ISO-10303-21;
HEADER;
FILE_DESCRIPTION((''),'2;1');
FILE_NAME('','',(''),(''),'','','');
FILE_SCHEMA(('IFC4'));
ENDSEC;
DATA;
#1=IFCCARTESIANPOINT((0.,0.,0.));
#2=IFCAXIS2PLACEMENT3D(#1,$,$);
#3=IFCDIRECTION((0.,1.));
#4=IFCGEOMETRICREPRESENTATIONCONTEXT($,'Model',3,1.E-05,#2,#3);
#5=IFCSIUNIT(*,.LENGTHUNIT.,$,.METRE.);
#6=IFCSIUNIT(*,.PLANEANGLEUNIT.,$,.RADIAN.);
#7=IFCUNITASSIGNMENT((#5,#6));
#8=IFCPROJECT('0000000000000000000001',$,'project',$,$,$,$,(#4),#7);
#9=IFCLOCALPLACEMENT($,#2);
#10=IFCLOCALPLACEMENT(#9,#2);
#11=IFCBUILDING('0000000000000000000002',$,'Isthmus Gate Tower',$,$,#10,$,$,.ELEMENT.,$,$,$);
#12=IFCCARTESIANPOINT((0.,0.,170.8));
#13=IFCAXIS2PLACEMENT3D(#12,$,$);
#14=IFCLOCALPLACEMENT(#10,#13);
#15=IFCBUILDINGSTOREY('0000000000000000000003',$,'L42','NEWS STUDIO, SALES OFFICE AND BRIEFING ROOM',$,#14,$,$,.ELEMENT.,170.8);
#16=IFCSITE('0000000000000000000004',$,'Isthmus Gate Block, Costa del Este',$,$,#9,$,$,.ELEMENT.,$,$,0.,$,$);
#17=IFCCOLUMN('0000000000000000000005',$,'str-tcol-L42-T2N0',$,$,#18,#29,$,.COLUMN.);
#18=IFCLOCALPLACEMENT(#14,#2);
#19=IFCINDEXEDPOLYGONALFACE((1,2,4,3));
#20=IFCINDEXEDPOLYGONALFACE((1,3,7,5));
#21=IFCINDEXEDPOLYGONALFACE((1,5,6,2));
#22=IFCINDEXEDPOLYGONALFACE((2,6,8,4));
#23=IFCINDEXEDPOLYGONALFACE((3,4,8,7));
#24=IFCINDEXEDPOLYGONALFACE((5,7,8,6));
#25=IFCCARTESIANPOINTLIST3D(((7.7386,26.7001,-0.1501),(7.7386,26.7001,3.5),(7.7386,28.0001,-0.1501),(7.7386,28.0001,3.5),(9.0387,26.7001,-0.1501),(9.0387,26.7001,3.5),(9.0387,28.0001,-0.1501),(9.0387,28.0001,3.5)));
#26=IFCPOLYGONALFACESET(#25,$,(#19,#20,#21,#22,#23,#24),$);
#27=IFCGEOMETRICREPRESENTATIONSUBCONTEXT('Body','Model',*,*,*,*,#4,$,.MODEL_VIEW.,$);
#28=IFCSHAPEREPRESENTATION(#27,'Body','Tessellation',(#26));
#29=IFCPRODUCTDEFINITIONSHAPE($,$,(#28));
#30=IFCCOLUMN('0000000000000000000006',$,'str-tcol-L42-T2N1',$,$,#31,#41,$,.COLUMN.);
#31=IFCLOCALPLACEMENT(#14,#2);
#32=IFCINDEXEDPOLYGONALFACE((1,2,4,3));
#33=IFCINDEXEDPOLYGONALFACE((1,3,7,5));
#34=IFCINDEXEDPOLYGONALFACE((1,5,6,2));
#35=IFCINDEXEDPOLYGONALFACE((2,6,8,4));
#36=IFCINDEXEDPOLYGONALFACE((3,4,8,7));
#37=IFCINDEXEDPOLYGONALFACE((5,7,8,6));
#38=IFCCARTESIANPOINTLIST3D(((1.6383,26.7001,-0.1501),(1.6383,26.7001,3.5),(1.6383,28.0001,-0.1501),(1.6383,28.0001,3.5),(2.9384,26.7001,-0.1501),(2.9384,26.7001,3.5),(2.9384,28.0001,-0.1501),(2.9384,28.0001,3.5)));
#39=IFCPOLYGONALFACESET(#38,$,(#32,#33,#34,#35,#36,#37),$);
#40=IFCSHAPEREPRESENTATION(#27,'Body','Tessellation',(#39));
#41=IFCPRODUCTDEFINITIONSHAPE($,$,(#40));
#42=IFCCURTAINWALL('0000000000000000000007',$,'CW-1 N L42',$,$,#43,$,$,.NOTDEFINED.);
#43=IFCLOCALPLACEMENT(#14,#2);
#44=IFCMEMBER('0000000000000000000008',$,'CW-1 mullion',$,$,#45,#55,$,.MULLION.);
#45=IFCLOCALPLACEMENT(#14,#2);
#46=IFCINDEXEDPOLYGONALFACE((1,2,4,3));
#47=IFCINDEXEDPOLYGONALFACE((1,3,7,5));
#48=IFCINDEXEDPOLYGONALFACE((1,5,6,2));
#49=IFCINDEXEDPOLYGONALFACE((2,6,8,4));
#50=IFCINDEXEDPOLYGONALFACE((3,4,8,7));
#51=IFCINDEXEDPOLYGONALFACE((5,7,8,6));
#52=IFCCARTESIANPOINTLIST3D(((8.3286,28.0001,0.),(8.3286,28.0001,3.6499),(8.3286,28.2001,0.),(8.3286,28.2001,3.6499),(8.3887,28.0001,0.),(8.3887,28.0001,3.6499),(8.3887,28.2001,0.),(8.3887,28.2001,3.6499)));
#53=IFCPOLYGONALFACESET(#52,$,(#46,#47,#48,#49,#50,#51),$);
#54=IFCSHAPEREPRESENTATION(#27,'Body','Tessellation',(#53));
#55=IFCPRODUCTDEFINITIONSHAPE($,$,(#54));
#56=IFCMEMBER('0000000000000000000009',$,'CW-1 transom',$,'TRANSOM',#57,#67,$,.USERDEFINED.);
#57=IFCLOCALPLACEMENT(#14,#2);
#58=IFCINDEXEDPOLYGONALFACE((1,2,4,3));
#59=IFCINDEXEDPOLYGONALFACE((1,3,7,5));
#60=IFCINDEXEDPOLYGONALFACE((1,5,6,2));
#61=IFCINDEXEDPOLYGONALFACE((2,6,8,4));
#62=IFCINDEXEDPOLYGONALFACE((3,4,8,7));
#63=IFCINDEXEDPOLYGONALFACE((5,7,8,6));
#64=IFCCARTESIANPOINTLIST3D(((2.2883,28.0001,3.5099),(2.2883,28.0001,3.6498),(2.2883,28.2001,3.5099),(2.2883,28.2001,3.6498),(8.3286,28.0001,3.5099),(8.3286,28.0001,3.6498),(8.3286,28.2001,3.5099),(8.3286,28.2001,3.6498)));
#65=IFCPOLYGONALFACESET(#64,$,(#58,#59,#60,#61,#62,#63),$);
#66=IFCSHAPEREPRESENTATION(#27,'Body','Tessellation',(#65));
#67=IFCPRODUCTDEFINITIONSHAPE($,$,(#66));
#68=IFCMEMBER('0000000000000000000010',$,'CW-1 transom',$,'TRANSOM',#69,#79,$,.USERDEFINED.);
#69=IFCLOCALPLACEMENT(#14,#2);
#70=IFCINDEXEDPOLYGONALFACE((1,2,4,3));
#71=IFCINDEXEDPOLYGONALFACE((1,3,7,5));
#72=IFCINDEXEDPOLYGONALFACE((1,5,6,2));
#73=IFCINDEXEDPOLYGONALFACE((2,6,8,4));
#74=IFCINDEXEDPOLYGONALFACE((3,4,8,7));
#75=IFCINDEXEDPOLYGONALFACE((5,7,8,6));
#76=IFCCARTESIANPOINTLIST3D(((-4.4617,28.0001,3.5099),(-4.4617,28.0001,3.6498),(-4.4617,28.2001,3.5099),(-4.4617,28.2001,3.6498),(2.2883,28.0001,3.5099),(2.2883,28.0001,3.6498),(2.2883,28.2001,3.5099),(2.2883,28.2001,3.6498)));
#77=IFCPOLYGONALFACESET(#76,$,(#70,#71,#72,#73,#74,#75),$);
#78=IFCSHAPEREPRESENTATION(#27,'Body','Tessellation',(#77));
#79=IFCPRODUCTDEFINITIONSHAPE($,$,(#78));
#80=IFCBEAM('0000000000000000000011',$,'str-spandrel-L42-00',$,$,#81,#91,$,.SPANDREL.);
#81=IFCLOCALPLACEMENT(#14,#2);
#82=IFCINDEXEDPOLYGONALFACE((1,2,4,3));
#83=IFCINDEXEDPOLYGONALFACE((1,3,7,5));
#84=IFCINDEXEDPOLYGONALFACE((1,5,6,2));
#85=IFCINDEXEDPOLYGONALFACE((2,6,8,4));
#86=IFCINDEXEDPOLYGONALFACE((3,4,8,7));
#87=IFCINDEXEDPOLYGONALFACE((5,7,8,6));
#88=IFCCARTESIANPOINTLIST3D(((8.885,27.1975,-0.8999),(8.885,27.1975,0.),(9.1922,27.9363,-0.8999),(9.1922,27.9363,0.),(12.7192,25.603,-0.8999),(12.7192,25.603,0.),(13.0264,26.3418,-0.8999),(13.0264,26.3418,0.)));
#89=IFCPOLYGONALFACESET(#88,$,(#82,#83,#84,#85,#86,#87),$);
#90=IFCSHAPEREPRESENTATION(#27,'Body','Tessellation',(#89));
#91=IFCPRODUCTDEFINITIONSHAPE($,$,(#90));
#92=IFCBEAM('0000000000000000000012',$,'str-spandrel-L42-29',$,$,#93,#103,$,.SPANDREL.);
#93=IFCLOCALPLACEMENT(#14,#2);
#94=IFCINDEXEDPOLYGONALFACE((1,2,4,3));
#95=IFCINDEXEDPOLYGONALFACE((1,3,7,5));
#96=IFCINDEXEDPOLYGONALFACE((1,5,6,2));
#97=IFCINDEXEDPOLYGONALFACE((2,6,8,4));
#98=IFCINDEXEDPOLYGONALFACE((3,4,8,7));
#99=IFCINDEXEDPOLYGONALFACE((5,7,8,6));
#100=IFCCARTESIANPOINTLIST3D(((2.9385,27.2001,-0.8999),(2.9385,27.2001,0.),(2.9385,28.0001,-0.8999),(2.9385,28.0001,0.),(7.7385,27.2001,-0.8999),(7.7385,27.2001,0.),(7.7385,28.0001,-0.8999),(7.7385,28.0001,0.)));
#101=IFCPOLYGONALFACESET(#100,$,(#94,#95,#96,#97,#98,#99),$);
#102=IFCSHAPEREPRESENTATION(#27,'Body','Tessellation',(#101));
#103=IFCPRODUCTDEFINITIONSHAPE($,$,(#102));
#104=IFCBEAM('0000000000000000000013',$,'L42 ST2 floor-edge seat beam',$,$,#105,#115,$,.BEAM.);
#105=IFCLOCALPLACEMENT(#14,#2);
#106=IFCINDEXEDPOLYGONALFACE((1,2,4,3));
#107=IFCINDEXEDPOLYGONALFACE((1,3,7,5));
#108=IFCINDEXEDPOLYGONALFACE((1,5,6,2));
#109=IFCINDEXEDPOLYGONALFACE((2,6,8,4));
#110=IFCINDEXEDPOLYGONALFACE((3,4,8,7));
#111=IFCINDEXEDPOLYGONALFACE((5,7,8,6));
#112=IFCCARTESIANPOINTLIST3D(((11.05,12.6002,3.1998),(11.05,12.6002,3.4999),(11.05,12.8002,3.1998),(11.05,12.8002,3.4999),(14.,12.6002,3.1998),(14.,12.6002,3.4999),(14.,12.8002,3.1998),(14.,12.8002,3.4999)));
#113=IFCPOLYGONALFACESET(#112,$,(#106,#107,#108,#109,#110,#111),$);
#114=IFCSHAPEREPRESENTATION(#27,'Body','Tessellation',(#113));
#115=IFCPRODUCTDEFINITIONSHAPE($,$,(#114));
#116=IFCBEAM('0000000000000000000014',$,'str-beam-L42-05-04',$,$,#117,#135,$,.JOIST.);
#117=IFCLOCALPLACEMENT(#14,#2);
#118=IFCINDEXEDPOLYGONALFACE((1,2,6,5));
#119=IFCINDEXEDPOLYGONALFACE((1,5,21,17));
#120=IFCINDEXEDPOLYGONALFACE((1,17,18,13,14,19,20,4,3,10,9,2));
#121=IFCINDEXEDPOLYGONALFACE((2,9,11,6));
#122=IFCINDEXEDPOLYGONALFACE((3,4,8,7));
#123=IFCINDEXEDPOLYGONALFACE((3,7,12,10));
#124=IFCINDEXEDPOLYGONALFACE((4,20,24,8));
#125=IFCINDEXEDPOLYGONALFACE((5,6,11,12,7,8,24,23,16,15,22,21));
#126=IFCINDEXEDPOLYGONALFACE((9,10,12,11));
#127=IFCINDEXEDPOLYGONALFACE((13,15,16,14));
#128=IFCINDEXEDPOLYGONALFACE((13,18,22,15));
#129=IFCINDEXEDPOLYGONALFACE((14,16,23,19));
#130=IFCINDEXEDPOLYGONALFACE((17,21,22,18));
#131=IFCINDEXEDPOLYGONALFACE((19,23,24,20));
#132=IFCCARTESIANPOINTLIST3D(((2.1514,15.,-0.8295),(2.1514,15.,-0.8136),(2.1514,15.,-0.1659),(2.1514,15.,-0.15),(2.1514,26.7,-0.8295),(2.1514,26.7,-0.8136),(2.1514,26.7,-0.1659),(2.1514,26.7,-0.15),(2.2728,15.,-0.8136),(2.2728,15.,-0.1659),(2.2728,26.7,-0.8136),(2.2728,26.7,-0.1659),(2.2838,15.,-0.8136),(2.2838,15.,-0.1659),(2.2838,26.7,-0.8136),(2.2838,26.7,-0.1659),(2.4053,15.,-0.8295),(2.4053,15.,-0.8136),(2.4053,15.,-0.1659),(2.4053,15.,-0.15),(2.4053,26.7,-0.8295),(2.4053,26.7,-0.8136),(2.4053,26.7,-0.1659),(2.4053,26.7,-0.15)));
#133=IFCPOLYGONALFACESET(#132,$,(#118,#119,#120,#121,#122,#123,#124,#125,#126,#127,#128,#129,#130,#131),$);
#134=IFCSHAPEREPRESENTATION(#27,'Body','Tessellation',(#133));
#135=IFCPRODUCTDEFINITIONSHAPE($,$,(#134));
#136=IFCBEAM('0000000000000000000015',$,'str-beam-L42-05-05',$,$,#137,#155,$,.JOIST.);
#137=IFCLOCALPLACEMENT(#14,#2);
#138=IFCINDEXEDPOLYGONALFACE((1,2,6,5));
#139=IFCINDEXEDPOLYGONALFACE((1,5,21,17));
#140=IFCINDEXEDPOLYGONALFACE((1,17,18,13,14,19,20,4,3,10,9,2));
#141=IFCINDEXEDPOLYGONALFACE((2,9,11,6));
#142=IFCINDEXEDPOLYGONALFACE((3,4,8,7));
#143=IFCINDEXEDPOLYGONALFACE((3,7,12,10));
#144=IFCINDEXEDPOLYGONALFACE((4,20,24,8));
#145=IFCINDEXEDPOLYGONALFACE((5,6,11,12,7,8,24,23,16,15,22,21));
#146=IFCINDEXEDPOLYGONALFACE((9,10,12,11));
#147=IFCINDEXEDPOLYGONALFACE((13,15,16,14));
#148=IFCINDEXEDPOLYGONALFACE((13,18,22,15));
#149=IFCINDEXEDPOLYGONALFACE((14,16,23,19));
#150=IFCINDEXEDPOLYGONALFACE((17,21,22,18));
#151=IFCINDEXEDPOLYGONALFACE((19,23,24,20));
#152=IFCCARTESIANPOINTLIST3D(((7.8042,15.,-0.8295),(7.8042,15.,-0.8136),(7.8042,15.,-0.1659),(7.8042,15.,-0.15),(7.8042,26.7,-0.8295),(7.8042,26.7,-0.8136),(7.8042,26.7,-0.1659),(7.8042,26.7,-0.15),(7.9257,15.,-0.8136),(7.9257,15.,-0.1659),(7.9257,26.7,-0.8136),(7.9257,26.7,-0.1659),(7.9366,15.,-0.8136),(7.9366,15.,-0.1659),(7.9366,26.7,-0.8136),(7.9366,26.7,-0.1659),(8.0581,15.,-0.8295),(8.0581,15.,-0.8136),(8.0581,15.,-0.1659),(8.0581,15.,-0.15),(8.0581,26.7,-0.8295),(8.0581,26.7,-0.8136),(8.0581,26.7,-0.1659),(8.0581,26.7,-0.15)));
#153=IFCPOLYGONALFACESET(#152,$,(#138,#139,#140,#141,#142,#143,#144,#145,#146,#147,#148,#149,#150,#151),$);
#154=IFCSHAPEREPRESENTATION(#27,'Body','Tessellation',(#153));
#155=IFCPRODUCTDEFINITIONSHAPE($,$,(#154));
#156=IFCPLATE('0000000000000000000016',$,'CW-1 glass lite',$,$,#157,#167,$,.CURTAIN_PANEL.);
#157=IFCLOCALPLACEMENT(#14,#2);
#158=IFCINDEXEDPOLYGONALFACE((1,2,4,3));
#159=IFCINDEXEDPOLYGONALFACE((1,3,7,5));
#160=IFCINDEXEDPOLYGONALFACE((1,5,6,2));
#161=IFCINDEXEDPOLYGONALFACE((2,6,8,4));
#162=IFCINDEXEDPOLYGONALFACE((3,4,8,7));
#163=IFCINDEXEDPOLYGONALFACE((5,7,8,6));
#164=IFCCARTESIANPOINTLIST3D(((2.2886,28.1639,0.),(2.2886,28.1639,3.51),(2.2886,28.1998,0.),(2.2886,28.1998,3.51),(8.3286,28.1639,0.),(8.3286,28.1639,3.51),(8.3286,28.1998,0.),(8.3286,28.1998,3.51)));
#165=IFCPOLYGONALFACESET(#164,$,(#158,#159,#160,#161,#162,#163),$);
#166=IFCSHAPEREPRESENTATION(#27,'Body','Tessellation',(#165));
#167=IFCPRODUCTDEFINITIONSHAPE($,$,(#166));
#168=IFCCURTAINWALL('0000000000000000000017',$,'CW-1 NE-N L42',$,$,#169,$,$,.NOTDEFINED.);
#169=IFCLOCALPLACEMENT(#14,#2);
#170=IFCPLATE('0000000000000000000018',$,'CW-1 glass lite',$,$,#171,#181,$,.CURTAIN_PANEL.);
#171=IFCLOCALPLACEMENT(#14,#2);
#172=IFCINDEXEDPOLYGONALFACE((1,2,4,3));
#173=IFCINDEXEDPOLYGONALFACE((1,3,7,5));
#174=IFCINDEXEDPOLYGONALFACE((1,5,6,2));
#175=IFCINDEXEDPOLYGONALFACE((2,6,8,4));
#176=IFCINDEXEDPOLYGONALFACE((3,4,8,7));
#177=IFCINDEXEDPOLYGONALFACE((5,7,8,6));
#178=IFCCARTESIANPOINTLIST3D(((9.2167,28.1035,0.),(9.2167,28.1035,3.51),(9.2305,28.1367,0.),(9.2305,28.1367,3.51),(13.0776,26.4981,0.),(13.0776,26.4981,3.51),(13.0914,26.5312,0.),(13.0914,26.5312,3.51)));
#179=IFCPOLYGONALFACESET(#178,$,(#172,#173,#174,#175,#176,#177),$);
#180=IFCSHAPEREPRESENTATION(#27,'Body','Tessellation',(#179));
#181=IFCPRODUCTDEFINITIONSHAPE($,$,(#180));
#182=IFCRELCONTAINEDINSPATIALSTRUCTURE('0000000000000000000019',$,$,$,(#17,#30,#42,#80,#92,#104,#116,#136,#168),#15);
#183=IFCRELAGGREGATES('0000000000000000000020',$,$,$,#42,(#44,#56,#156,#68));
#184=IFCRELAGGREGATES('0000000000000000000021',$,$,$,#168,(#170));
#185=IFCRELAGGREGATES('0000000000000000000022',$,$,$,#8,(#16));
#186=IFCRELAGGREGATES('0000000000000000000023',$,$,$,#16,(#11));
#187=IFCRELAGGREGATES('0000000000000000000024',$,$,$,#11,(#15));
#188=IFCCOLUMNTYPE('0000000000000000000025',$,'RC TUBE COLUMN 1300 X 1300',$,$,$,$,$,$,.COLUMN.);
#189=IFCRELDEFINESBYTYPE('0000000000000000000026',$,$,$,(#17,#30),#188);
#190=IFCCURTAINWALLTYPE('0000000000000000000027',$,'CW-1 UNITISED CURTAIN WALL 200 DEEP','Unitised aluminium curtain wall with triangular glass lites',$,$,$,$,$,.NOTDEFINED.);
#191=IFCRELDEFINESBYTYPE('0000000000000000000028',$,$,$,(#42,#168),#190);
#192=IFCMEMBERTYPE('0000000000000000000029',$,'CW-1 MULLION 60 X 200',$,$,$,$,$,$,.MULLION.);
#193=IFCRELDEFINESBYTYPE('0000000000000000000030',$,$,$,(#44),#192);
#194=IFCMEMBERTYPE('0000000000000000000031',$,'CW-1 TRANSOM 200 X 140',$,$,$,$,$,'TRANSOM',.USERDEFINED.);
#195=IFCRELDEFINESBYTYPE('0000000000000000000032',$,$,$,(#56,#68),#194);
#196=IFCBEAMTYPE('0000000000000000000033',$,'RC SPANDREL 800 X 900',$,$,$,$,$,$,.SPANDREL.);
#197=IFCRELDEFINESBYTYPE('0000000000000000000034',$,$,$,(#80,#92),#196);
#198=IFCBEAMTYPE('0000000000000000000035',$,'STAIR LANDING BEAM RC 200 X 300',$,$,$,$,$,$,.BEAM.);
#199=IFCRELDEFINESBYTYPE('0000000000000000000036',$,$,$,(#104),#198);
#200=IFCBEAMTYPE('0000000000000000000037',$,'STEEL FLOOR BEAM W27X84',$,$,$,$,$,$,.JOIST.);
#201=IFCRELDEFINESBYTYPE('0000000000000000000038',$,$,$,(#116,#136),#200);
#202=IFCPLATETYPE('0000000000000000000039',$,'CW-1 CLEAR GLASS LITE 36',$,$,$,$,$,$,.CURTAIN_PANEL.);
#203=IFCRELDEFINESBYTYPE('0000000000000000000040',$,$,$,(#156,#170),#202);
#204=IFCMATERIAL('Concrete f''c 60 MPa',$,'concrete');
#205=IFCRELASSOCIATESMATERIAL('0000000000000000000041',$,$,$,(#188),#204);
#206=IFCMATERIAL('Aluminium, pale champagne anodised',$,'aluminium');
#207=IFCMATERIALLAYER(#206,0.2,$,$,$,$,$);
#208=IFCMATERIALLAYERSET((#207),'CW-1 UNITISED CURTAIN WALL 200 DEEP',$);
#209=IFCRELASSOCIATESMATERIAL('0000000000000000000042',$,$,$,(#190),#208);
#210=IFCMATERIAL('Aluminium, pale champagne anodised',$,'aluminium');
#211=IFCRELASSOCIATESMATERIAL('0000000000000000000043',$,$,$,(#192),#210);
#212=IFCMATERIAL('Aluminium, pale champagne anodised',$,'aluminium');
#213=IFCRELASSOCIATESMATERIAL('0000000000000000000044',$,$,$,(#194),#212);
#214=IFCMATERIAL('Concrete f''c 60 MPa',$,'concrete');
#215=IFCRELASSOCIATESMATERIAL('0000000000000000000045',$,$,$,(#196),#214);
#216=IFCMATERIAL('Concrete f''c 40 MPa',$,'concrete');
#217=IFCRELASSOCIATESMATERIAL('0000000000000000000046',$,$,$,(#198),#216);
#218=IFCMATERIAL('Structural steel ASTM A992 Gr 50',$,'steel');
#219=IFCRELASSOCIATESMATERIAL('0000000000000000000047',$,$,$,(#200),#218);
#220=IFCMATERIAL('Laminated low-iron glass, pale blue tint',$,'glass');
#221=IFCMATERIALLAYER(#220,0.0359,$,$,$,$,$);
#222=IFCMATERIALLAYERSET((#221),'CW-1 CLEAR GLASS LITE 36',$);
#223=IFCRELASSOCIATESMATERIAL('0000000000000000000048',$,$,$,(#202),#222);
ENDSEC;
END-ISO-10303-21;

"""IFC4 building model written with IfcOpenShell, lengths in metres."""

from ifc_helpers import new_model, si_unit, direction, frame, origin, origin_2d, place, context, subcontext, project, spatial, rectangle, i_section, extrude, material, layer, layer_set, material_profile, profile_set, type_object, element, aggregate, save


model = new_model("IFC4")

# Units and contexts
model_context = context("Model", 3, precision=1e-05, world=origin(), true_north=direction((0.0, 1.0)))
body_context = subcontext(model_context, "Body", "Model", "MODEL_VIEW")
ifc_project = project(units=[si_unit("LENGTHUNIT", "METRE"), si_unit("PLANEANGLEUNIT", "RADIAN")], contexts=[model_context])

# Site, building, storey
site_placement = place(None, origin())
site = spatial("IfcSite", under=ifc_project, at=site_placement, Name="Isthmus Gate Block, Costa del Este", CompositionType="ELEMENT", RefElevation=0.0)
building_placement = place(site_placement, origin())
building = spatial("IfcBuilding", under=site, at=building_placement, Name="Isthmus Gate Tower", CompositionType="ELEMENT")
storey_placement = place(building_placement, frame((0.0, 0.0, 170.8)))
storey = spatial("IfcBuildingStorey", under=building, at=storey_placement, Name="L42", Description="NEWS STUDIO, SALES OFFICE AND BRIEFING ROOM", CompositionType="ELEMENT", Elevation=170.8)

# Columns
ifc_material_1 = material(Name="Concrete f'c 60 MPa", Category="concrete")
ifc_material_profile_1 = material_profile(ifc_material_1, rectangle(XDim=1.3, YDim=1.3, at=origin_2d()), Name="RC 1300X1300")
ifc_profile_set_1 = profile_set([ifc_material_profile_1], Name="Concrete f'c 60 MPa")
column_type = type_object("IfcColumnType", Name="RC TUBE COLUMN 1300 X 1300", PredefinedType="COLUMN", material=ifc_profile_set_1)
for number, where, z_axis, x_axis, name in (
    (1, (8.3887, 27.3501, -0.1501), (0.0, 0.0, 1.0), (-1.0, 0.0, 0.0), "str-tcol-L42-T2N0"),
    (2, (2.2883, 27.3501, -0.1501), (0.0, 0.0, 1.0), (-1.0, 0.0, 0.0), "str-tcol-L42-T2N1"),
):
    element("IfcColumn", number, at=place(storey_placement, frame(where, z_axis=z_axis, x_axis=x_axis)), inside=storey, type_object=column_type, Name=name, PredefinedType="COLUMN", context=body_context, shape_type="SweptSolid", body=[
        extrude(rectangle(XDim=1.3, YDim=1.3, at=origin_2d()), origin(), (0.0, 0.0, 1.0), 3.6501),
    ])

# Curtain wall, members
ifc_material_2 = material(Name="Aluminium, pale champagne anodised", Category="aluminium")
ifc_layer_1 = layer(ifc_material_2, 0.2)
ifc_layer_set_1 = layer_set([ifc_layer_1], Name="CW-1 UNITISED CURTAIN WALL 200 DEEP")
curtain_wall_type = type_object("IfcCurtainWallType", Name="CW-1 UNITISED CURTAIN WALL 200 DEEP", Description="Unitised aluminium curtain wall with triangular glass lites", PredefinedType="NOTDEFINED", material=ifc_layer_set_1)
curtain_wall_1_placement = place(storey_placement, origin())
curtain_wall_1 = element("IfcCurtainWall", 3, at=curtain_wall_1_placement, inside=storey, type_object=curtain_wall_type, Name="CW-1 N L42", PredefinedType="NOTDEFINED")
ifc_material_3 = material(Name="Aluminium, pale champagne anodised", Category="aluminium")
ifc_material_profile_2 = material_profile(ifc_material_3, rectangle(XDim=0.0601, YDim=0.2, at=origin_2d()), Name="60x200")
ifc_profile_set_2 = profile_set([ifc_material_profile_2], Name="Aluminium, pale champagne anodised")
member_type_1 = type_object("IfcMemberType", Name="CW-1 MULLION 60 X 200", PredefinedType="MULLION", material=ifc_profile_set_2)
member_1_placement = place(storey_placement, frame((8.3586, 28.1001, 0.0), z_axis=(0.0, 0.0, 1.0), x_axis=(-1.0, 0.0, 0.0)))
member_1 = element("IfcMember", 4, at=member_1_placement, type_object=member_type_1, Name="CW-1 mullion", PredefinedType="MULLION", context=body_context, shape_type="SweptSolid", body=[
    extrude(rectangle(XDim=0.0601, YDim=0.2, at=origin_2d()), origin(), (0.0, 0.0, 1.0), 3.6499),
])
ifc_material_4 = material(Name="Aluminium, pale champagne anodised", Category="aluminium")
ifc_material_profile_3 = material_profile(ifc_material_4, rectangle(XDim=0.2, YDim=0.1399, at=origin_2d()), Name="200x140")
ifc_profile_set_3 = profile_set([ifc_material_profile_3], Name="Aluminium, pale champagne anodised")
member_type_2 = type_object("IfcMemberType", Name="CW-1 TRANSOM 200 X 140", ElementType="TRANSOM", PredefinedType="USERDEFINED", material=ifc_profile_set_3)
member_2_placement = place(storey_placement, frame((8.3286, 28.1001, 3.5798), z_axis=(-1.0, 0.0, 0.0), x_axis=(0.0, -1.0, 0.0)))
member_2 = element("IfcMember", 5, at=member_2_placement, type_object=member_type_2, Name="CW-1 transom", ObjectType="TRANSOM", PredefinedType="USERDEFINED", context=body_context, shape_type="SweptSolid", body=[
    extrude(rectangle(XDim=0.2, YDim=0.1399, at=origin_2d()), origin(), (0.0, 0.0, 1.0), 6.0403),
])
member_3_placement = place(storey_placement, frame((2.2883, 28.1001, 3.5798), z_axis=(-1.0, 0.0, 0.0), x_axis=(0.0, -1.0, 0.0)))
member_3 = element("IfcMember", 6, at=member_3_placement, type_object=member_type_2, Name="CW-1 transom", ObjectType="TRANSOM", PredefinedType="USERDEFINED", context=body_context, shape_type="SweptSolid", body=[
    extrude(rectangle(XDim=0.2, YDim=0.1399, at=origin_2d()), origin(), (0.0, 0.0, 1.0), 6.75),
])

# Beams
ifc_material_5 = material(Name="Concrete f'c 60 MPa", Category="concrete")
ifc_material_profile_4 = material_profile(ifc_material_5, rectangle(XDim=0.8, YDim=0.8999, at=origin_2d()), Name="RC 800X900")
ifc_profile_set_4 = profile_set([ifc_material_profile_4], Name="Concrete f'c 60 MPa")
beam_type_1 = type_object("IfcBeamType", Name="RC SPANDREL 800 X 900", PredefinedType="SPANDREL", material=ifc_profile_set_4)
beam_1_placement = place(storey_placement, frame((9.0386, 27.5669, -0.45), z_axis=(0.923343, -0.383977, 0.0), x_axis=(0.383977, 0.923343, 0.0)))
element("IfcBeam", 7, at=beam_1_placement, inside=storey, type_object=beam_type_1, Name="str-spandrel-L42-00", PredefinedType="SPANDREL", context=body_context, shape_type="SweptSolid", body=[
    extrude(rectangle(XDim=0.8, YDim=0.8999, at=origin_2d()), origin(), (0.0, 0.0, 1.0), 4.1526),
])
beam_2_placement = place(storey_placement, frame((2.9385, 27.6001, -0.45), z_axis=(1.0, 0.0, 0.0), x_axis=(0.0, 1.0, 0.0)))
element("IfcBeam", 8, at=beam_2_placement, inside=storey, type_object=beam_type_1, Name="str-spandrel-L42-29", PredefinedType="SPANDREL", context=body_context, shape_type="SweptSolid", body=[
    extrude(rectangle(XDim=0.8, YDim=0.8999, at=origin_2d()), origin(), (0.0, 0.0, 1.0), 4.8),
])
ifc_material_6 = material(Name="Concrete f'c 40 MPa", Category="concrete")
ifc_material_profile_5 = material_profile(ifc_material_6, rectangle(XDim=0.2, YDim=0.3, at=origin_2d()), Name="STAIR LANDING BEAM RC 200 X 300")
ifc_profile_set_5 = profile_set([ifc_material_profile_5], Name="Concrete f'c 40 MPa")
beam_type_2 = type_object("IfcBeamType", Name="STAIR LANDING BEAM RC 200 X 300", PredefinedType="BEAM", material=ifc_profile_set_5)
beam_3_placement = place(storey_placement, frame((11.05, 12.7002, 3.3499), z_axis=(1.0, 0.0, 0.0), x_axis=(0.0, 1.0, 0.0)))
element("IfcBeam", 9, at=beam_3_placement, inside=storey, type_object=beam_type_2, Name="L42 ST2 floor-edge seat beam", PredefinedType="BEAM", context=body_context, shape_type="SweptSolid", body=[
    extrude(rectangle(XDim=0.2, YDim=0.3, at=origin_2d()), origin(), (0.0, 0.0, 1.0), 2.95),
])
ifc_material_7 = material(Name="Structural steel ASTM A992 Gr 50", Category="steel")
ifc_material_profile_6 = material_profile(ifc_material_7, i_section(OverallWidth=0.2539, OverallDepth=0.6794, WebThickness=0.011, FlangeThickness=0.0159, at=origin_2d()), Name="W27X84")
ifc_profile_set_6 = profile_set([ifc_material_profile_6], Name="Structural steel ASTM A992 Gr 50")
beam_type_3 = type_object("IfcBeamType", Name="STEEL FLOOR BEAM W27X84", PredefinedType="JOIST", material=ifc_profile_set_6)
for number, where, z_axis, x_axis, name in (
    (10, (2.2783, 15.0, -0.4897), (0.0, 1.0, 0.0), (-1.0, 0.0, 0.0), "str-beam-L42-05-04"),
    (11, (7.9312, 15.0, -0.4897), (0.0, 1.0, 0.0), (-1.0, 0.0, 0.0), "str-beam-L42-05-05"),
):
    element("IfcBeam", number, at=place(storey_placement, frame(where, z_axis=z_axis, x_axis=x_axis)), inside=storey, type_object=beam_type_3, Name=name, PredefinedType="JOIST", context=body_context, shape_type="SweptSolid", body=[
        extrude(i_section(OverallWidth=0.2539, OverallDepth=0.6794, WebThickness=0.011, FlangeThickness=0.0159, at=origin_2d()), origin(), (0.0, 0.0, 1.0), 11.7),
    ])

# Plate
ifc_material_8 = material(Name="Laminated low-iron glass, pale blue tint", Category="glass")
ifc_layer_2 = layer(ifc_material_8, 0.0359)
ifc_layer_set_2 = layer_set([ifc_layer_2], Name="CW-1 CLEAR GLASS LITE 36")
plate_type = type_object("IfcPlateType", Name="CW-1 CLEAR GLASS LITE 36", PredefinedType="CURTAIN_PANEL", material=ifc_layer_set_2)
plate_1_placement = place(storey_placement, frame((5.3086, 28.1819, 0.0), z_axis=(0.0, 0.0, 1.0), x_axis=(-1.0, 0.0, 0.0)))
plate_1 = element("IfcPlate", 12, at=plate_1_placement, type_object=plate_type, Name="CW-1 glass lite", PredefinedType="CURTAIN_PANEL", context=body_context, shape_type="SweptSolid", body=[
    extrude(rectangle(XDim=6.04, YDim=0.0359, at=origin_2d()), origin(), (0.0, 0.0, 1.0), 3.51),
])
aggregate(curtain_wall_1, [member_1, member_2, plate_1, member_3])

# Curtain wall, plate
curtain_wall_2_placement = place(storey_placement, origin())
curtain_wall_2 = element("IfcCurtainWall", 13, at=curtain_wall_2_placement, inside=storey, type_object=curtain_wall_type, Name="CW-1 NE-N L42", PredefinedType="NOTDEFINED")
plate_2_placement = place(storey_placement, frame((11.1541, 27.3174, 0.0), z_axis=(0.0, 0.0, 1.0), x_axis=(-0.923353, 0.383952, 0.0)))
plate_2 = element("IfcPlate", 14, at=plate_2_placement, type_object=plate_type, Name="CW-1 glass lite", PredefinedType="CURTAIN_PANEL", context=body_context, shape_type="SweptSolid", body=[
    extrude(rectangle(XDim=4.1814, YDim=0.0359, at=origin_2d()), origin(), (0.0, 0.0, 1.0), 3.51),
])
aggregate(curtain_wall_2, [plate_2])

save(model, "model.ifc")
